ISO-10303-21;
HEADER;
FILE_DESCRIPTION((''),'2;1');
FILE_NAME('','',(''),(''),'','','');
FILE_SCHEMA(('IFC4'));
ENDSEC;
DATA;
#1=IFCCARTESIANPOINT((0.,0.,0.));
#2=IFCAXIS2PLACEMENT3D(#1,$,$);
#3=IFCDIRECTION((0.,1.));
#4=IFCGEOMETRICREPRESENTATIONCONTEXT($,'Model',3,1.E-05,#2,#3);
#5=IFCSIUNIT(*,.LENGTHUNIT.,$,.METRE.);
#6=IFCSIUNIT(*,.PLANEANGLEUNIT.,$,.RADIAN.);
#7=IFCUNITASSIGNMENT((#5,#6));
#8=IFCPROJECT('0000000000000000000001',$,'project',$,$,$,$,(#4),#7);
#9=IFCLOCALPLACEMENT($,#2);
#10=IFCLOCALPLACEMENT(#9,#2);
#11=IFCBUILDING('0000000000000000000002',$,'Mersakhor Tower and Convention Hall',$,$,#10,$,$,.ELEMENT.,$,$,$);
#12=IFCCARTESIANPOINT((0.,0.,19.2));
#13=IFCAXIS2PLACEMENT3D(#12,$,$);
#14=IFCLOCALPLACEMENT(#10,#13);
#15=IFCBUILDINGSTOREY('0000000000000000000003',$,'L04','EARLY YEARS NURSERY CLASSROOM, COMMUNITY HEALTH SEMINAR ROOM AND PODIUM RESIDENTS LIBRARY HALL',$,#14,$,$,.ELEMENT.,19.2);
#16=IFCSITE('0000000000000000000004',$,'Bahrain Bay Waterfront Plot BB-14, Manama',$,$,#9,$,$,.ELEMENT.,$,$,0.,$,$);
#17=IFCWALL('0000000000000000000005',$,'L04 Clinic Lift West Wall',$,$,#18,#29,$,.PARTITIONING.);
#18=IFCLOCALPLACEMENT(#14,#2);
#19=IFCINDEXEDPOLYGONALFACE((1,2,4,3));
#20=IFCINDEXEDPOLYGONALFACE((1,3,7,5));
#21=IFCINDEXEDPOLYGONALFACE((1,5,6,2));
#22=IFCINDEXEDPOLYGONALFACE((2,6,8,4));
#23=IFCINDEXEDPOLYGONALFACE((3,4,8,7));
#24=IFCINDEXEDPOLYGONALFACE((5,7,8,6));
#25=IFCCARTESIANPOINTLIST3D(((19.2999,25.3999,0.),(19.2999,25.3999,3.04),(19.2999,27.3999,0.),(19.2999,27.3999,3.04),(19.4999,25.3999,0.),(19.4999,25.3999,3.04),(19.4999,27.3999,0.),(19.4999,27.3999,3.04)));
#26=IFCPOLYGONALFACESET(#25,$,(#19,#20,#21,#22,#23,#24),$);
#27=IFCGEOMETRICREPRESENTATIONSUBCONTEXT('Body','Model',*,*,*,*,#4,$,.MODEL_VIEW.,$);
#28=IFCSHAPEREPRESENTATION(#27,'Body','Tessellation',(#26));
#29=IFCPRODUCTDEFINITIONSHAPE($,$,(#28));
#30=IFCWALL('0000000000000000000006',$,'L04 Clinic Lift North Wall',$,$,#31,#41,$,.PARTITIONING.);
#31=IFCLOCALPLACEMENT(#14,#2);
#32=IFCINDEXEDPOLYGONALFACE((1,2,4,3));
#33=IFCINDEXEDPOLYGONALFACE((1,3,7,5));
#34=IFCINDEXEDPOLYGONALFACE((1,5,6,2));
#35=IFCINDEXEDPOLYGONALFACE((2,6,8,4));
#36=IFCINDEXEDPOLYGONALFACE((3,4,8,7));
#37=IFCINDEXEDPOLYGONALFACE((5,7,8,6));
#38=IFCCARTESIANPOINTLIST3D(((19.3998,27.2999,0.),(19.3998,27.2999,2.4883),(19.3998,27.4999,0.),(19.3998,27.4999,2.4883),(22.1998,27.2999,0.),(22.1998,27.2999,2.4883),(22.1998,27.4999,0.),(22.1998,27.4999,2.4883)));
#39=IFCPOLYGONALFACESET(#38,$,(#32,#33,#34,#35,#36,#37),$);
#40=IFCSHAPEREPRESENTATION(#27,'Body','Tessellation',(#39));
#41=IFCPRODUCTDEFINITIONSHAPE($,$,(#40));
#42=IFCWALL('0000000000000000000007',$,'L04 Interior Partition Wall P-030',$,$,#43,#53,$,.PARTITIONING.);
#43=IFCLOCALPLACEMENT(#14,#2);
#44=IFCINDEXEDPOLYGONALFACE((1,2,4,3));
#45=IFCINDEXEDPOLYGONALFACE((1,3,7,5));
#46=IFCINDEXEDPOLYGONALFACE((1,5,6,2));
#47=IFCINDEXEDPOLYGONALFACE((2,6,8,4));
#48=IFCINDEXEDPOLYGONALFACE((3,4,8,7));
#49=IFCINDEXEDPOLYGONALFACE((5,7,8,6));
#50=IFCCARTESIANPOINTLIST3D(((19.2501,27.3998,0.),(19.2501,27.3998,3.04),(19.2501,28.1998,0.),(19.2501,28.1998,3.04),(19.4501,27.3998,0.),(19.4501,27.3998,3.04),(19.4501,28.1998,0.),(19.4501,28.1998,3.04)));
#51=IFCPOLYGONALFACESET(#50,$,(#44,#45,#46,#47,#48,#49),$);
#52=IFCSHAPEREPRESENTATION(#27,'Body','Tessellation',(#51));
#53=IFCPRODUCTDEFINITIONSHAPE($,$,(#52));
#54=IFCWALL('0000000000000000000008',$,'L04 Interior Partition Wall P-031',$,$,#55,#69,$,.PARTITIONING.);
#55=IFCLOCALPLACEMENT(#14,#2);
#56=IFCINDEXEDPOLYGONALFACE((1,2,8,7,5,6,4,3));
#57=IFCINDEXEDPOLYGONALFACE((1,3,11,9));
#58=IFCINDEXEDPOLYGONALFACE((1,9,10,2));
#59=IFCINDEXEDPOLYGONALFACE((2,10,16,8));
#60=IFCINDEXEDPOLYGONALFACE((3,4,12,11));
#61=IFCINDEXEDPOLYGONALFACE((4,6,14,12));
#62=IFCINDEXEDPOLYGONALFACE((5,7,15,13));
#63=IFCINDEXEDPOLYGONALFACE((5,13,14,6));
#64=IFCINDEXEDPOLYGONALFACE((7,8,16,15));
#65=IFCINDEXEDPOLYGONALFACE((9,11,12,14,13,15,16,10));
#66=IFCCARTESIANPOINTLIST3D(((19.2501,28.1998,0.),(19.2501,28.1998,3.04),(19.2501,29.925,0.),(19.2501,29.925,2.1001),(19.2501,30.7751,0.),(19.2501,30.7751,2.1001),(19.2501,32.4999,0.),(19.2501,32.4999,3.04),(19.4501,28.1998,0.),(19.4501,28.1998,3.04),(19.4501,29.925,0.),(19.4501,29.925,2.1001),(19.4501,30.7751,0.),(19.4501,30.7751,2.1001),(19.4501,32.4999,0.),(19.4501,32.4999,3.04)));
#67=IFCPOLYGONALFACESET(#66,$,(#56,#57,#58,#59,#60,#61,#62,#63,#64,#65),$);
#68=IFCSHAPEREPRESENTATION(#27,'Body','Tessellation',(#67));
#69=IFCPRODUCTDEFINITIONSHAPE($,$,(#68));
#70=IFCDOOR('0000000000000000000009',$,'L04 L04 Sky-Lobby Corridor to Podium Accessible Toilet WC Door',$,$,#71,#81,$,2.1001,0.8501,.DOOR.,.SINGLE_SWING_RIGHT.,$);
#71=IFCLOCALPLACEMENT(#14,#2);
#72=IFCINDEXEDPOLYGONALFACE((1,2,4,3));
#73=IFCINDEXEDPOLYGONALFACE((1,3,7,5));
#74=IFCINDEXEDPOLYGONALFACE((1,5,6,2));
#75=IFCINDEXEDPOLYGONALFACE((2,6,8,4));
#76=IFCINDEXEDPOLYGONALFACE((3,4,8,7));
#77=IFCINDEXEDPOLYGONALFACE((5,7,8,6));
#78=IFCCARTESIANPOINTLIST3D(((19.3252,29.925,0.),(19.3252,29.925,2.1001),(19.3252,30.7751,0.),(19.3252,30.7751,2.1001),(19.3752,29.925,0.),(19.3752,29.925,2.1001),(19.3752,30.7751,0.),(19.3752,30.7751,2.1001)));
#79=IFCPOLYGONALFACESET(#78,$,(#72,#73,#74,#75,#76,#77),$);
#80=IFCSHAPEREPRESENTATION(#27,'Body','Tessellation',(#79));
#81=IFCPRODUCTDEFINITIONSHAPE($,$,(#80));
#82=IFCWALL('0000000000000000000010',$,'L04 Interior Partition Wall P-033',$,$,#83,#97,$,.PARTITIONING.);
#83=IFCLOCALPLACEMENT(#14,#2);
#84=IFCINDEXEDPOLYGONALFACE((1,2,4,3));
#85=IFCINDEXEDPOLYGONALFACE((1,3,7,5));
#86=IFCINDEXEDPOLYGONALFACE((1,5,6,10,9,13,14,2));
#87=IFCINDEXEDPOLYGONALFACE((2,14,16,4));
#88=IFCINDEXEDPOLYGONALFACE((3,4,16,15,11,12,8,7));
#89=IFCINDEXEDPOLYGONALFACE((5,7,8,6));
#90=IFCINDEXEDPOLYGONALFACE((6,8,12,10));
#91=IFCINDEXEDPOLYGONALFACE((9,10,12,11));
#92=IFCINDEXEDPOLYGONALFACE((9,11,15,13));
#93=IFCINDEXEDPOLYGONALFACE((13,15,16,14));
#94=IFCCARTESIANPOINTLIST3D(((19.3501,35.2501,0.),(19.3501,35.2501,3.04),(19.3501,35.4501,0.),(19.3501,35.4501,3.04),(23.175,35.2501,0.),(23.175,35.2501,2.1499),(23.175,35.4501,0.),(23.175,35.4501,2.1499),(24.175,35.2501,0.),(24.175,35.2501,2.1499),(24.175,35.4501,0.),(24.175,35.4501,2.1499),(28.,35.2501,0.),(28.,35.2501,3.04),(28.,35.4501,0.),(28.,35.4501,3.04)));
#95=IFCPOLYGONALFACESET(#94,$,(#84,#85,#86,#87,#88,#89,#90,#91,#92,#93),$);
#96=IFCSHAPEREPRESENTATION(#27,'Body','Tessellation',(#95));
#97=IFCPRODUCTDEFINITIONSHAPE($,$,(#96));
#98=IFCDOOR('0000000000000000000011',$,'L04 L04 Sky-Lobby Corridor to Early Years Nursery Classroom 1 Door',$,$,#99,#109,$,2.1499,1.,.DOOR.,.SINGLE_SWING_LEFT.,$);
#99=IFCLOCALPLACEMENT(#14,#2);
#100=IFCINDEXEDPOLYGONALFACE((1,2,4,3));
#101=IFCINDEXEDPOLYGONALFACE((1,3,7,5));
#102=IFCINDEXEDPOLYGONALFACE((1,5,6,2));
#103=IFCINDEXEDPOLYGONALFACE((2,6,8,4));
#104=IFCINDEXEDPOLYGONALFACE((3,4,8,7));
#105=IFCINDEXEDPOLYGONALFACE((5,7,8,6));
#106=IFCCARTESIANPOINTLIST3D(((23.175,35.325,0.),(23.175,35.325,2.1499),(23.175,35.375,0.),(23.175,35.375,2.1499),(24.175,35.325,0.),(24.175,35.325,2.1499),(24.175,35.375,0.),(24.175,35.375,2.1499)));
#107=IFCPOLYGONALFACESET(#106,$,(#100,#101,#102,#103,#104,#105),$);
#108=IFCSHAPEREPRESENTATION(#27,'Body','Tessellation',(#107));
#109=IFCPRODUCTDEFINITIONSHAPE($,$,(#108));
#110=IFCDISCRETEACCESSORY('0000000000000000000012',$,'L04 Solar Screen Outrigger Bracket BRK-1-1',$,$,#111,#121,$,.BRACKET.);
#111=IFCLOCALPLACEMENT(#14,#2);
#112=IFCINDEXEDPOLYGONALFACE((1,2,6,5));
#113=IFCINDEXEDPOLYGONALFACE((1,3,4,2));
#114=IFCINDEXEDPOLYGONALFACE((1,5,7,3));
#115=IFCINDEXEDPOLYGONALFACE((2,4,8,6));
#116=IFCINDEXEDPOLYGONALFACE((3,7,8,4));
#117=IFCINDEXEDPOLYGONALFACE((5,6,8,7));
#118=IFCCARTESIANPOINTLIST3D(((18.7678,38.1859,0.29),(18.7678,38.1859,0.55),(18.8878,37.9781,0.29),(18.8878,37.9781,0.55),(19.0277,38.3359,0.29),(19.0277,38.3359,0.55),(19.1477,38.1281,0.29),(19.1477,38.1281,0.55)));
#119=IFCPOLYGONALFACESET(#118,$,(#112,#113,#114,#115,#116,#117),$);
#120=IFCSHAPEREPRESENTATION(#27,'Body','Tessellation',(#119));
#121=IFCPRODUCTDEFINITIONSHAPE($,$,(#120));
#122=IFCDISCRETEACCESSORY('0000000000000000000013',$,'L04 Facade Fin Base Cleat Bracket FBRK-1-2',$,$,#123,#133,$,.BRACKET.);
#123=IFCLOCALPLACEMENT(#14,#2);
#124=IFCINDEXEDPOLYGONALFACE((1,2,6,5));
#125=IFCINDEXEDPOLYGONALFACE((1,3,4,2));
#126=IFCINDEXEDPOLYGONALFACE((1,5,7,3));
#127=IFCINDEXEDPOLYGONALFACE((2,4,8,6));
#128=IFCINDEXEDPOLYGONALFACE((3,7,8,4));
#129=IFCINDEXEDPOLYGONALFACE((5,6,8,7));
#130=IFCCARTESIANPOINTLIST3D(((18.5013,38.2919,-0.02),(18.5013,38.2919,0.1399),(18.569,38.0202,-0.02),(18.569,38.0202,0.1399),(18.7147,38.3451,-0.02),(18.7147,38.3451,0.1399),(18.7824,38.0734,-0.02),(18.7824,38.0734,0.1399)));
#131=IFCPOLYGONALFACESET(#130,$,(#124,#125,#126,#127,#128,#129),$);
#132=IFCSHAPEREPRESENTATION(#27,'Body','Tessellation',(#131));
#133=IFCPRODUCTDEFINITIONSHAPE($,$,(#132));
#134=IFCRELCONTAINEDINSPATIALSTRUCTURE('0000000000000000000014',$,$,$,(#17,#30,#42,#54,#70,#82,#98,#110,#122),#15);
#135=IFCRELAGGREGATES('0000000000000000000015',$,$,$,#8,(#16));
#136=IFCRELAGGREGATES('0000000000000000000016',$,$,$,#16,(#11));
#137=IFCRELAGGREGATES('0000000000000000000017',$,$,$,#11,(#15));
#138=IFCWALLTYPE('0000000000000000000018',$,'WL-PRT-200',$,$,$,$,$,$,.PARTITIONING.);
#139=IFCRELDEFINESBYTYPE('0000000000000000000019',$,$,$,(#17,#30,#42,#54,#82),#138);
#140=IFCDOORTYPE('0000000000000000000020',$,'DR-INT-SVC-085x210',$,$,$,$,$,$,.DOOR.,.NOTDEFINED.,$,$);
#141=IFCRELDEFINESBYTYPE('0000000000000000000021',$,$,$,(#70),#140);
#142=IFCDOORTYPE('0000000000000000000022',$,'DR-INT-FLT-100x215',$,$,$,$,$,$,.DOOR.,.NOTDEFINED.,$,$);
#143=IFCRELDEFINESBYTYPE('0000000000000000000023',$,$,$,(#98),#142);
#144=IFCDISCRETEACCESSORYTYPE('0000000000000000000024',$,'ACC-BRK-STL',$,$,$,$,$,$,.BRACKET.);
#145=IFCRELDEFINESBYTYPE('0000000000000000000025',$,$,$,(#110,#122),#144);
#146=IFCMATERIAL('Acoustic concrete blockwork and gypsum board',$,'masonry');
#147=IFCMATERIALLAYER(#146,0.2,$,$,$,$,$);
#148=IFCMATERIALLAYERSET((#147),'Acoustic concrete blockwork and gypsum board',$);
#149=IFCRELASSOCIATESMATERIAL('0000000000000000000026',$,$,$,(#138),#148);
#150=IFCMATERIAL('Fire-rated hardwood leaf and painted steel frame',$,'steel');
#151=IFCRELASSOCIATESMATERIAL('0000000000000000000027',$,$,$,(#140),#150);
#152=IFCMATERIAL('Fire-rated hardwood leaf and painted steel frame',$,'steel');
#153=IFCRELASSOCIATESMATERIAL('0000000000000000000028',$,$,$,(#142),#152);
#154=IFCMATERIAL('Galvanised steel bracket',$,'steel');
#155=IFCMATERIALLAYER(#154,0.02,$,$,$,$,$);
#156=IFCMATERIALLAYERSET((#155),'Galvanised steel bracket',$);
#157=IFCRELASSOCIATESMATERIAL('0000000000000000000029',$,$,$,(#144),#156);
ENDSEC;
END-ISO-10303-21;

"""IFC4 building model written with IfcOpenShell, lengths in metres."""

from ifc_helpers import new_model, si_unit, direction, frame, frame_2d, origin, origin_2d, place, context, subcontext, project, spatial, rectangle, extrude, material, layer, layer_set, type_object, element, fill, save


model = new_model("IFC4")

# Units and contexts
model_context = context("Model", 3, precision=1e-05, world=origin(), true_north=direction((0.0, 1.0)))
body_context = subcontext(model_context, "Body", "Model", "MODEL_VIEW")
ifc_project = project(units=[si_unit("LENGTHUNIT", "METRE"), si_unit("PLANEANGLEUNIT", "RADIAN")], contexts=[model_context])

# Site, building, storey
site_placement = place(None, origin())
site = spatial("IfcSite", under=ifc_project, at=site_placement, Name="Bahrain Bay Waterfront Plot BB-14, Manama", CompositionType="ELEMENT", RefElevation=0.0)
building_placement = place(site_placement, origin())
building = spatial("IfcBuilding", under=site, at=building_placement, Name="Mersakhor Tower and Convention Hall", CompositionType="ELEMENT")
storey_placement = place(building_placement, frame((0.0, 0.0, 19.2)))
storey = spatial("IfcBuildingStorey", under=building, at=storey_placement, Name="L04", Description="EARLY YEARS NURSERY CLASSROOM, COMMUNITY HEALTH SEMINAR ROOM AND PODIUM RESIDENTS LIBRARY HALL", CompositionType="ELEMENT", Elevation=19.2)

# Walls
ifc_material_1 = material(Name="Acoustic concrete blockwork and gypsum board", Category="masonry")
ifc_layer_1 = layer(ifc_material_1, 0.2)
ifc_layer_set_1 = layer_set([ifc_layer_1], Name="Acoustic concrete blockwork and gypsum board")
wall_type_1 = type_object("IfcWallType", Name="WL-PRT-200", PredefinedType="PARTITIONING", material=ifc_layer_set_1)
wall_1_placement = place(storey_placement, frame((19.3999, 25.3999, 0.0), z_axis=(0.0, 0.0, 1.0), x_axis=(0.0, 1.0, 0.0)))
element("IfcWall", 1, at=wall_1_placement, inside=storey, type_object=wall_type_1, Name="L04 Clinic Lift West Wall", PredefinedType="PARTITIONING", context=body_context, shape_type="SweptSolid", body=[
    extrude(rectangle(XDim=2.0, YDim=0.2, at=frame_2d((1.0, 0.0))), origin(), (0.0, 0.0, 1.0), 3.04),
])
wall_2_placement = place(storey_placement, frame((19.3999, 27.3999, 0.0), z_axis=(0.0, 0.0, 1.0), x_axis=(1.0, 0.0, 0.0)))
element("IfcWall", 2, at=wall_2_placement, inside=storey, type_object=wall_type_1, Name="L04 Clinic Lift North Wall", PredefinedType="PARTITIONING", context=body_context, shape_type="SweptSolid", body=[
    extrude(rectangle(XDim=2.8, YDim=0.2, at=frame_2d((1.3999, 0.0))), origin(), (0.0, 0.0, 1.0), 2.4883),
])
wall_3_placement = place(storey_placement, frame((19.3501, 27.3999, 0.0), z_axis=(0.0, 0.0, 1.0), x_axis=(0.0, 1.0, 0.0)))
element("IfcWall", 3, at=wall_3_placement, inside=storey, type_object=wall_type_1, Name="L04 Interior Partition Wall P-030", PredefinedType="PARTITIONING", context=body_context, shape_type="SweptSolid", body=[
    extrude(rectangle(XDim=0.8, YDim=0.2, at=frame_2d((0.3999, 0.0))), origin(), (0.0, 0.0, 1.0), 3.04),
])

# Walls, openings, doors
wall_4_placement = place(storey_placement, frame((19.3501, 28.2, 0.0), z_axis=(0.0, 0.0, 1.0), x_axis=(0.0, 1.0, 0.0)))
wall_4 = element("IfcWall", 4, at=wall_4_placement, inside=storey, type_object=wall_type_1, Name="L04 Interior Partition Wall P-031", PredefinedType="PARTITIONING", context=body_context, shape_type="SweptSolid", body=[
    extrude(rectangle(XDim=4.3, YDim=0.2, at=frame_2d((2.1499, 0.0))), origin(), (0.0, 0.0, 1.0), 3.04),
])
opening_1_placement = place(wall_4_placement, frame((1.7251, 0.0, 0.0)))
opening_1 = element("IfcOpeningElement", 5, at=opening_1_placement, cuts=wall_4, PredefinedType="OPENING", context=body_context, shape_type="SweptSolid", body=[
    extrude(rectangle(XDim=0.8501, YDim=2.1001, at=frame_2d((0.425, 1.05))), frame((0.0, 0.1099, 0.0), z_axis=(0.0, -1.0, 0.0), x_axis=(1.0, 0.0, 0.0)), (0.0, 0.0, 1.0), 0.22),
])
ifc_material_2 = material(Name="Fire-rated hardwood leaf and painted steel frame", Category="steel")
door_type_1 = type_object("IfcDoorType", Name="DR-INT-SVC-085x210", OperationType="NOTDEFINED", PredefinedType="DOOR", material=ifc_material_2)
door_1_placement = place(opening_1_placement, origin())
door_1 = element("IfcDoor", 6, at=door_1_placement, inside=storey, type_object=door_type_1, Name="L04 L04 Sky-Lobby Corridor to Podium Accessible Toilet WC Door", OperationType="SINGLE_SWING_RIGHT", OverallHeight=2.1001, OverallWidth=0.8501, PredefinedType="DOOR", context=body_context, shape_type="SweptSolid", body=[
    extrude(rectangle(XDim=0.8501, YDim=2.1001, at=frame_2d((0.425, 1.05))), frame((0.0, 0.0249, 0.0), z_axis=(0.0, -1.0, 0.0), x_axis=(1.0, 0.0, 0.0)), (0.0, 0.0, 1.0), 0.05),
])
fill(opening_1, door_1)
ifc_material_3 = material(Name="Fire-rated hardwood leaf and painted steel frame", Category="steel")
door_type_2 = type_object("IfcDoorType", Name="DR-INT-FLT-100x215", OperationType="NOTDEFINED", PredefinedType="DOOR", material=ifc_material_3)
wall_5_placement = place(storey_placement, frame((19.3501, 35.3501, 0.0), z_axis=(0.0, 0.0, 1.0), x_axis=(1.0, 0.0, 0.0)))
wall_5 = element("IfcWall", 7, at=wall_5_placement, inside=storey, type_object=wall_type_1, Name="L04 Interior Partition Wall P-033", PredefinedType="PARTITIONING", context=body_context, shape_type="SweptSolid", body=[
    extrude(rectangle(XDim=8.6499, YDim=0.2, at=frame_2d((4.325, 0.0))), origin(), (0.0, 0.0, 1.0), 3.04),
])
opening_2_placement = place(wall_5_placement, frame((3.825, 0.0, 0.0)))
opening_2 = element("IfcOpeningElement", 8, at=opening_2_placement, cuts=wall_5, PredefinedType="OPENING", context=body_context, shape_type="SweptSolid", body=[
    extrude(rectangle(XDim=1.0, YDim=2.1499, at=frame_2d((0.5, 1.075))), frame((0.0, 0.1099, 0.0), z_axis=(0.0, -1.0, 0.0), x_axis=(1.0, 0.0, 0.0)), (0.0, 0.0, 1.0), 0.22),
])
door_2_placement = place(opening_2_placement, origin())
door_2 = element("IfcDoor", 9, at=door_2_placement, inside=storey, type_object=door_type_2, Name="L04 L04 Sky-Lobby Corridor to Early Years Nursery Classroom 1 Door", OperationType="SINGLE_SWING_LEFT", OverallHeight=2.1499, OverallWidth=1.0, PredefinedType="DOOR", context=body_context, shape_type="SweptSolid", body=[
    extrude(rectangle(XDim=1.0, YDim=2.1499, at=frame_2d((0.5, 1.075))), frame((0.0, 0.0249, 0.0), z_axis=(0.0, -1.0, 0.0), x_axis=(1.0, 0.0, 0.0)), (0.0, 0.0, 1.0), 0.05),
])
fill(opening_2, door_2)

# Discrete accessories
ifc_material_4 = material(Name="Galvanised steel bracket", Category="steel")
ifc_layer_2 = layer(ifc_material_4, 0.02)
ifc_layer_set_2 = layer_set([ifc_layer_2], Name="Galvanised steel bracket")
discrete_accessory_type = type_object("IfcDiscreteAccessoryType", Name="ACC-BRK-STL", PredefinedType="BRACKET", material=ifc_layer_set_2)
discrete_accessory_1_placement = place(storey_placement, frame((18.9578, 38.157, 0.29), z_axis=(0.0, 0.0, 1.0), x_axis=(0.866025, 0.5, 0.0)))
element("IfcDiscreteAccessory", 10, at=discrete_accessory_1_placement, inside=storey, type_object=discrete_accessory_type, Name="L04 Solar Screen Outrigger Bracket BRK-1-1", PredefinedType="BRACKET", context=body_context, shape_type="SweptSolid", body=[
    extrude(rectangle(XDim=0.3, YDim=0.24, at=origin_2d()), origin(), (0.0, 0.0, 1.0), 0.26),
])
discrete_accessory_2_placement = place(storey_placement, frame((18.6418, 38.1826, -0.02), z_axis=(0.0, 0.0, 1.0), x_axis=(-0.241922, 0.970296, 0.0)))
element("IfcDiscreteAccessory", 11, at=discrete_accessory_2_placement, inside=storey, type_object=discrete_accessory_type, Name="L04 Facade Fin Base Cleat Bracket FBRK-1-2", PredefinedType="BRACKET", context=body_context, shape_type="SweptSolid", body=[
    extrude(rectangle(XDim=0.28, YDim=0.22, at=origin_2d()), origin(), (0.0, 0.0, 1.0), 0.1599),
])

save(model, "model.ifc")
